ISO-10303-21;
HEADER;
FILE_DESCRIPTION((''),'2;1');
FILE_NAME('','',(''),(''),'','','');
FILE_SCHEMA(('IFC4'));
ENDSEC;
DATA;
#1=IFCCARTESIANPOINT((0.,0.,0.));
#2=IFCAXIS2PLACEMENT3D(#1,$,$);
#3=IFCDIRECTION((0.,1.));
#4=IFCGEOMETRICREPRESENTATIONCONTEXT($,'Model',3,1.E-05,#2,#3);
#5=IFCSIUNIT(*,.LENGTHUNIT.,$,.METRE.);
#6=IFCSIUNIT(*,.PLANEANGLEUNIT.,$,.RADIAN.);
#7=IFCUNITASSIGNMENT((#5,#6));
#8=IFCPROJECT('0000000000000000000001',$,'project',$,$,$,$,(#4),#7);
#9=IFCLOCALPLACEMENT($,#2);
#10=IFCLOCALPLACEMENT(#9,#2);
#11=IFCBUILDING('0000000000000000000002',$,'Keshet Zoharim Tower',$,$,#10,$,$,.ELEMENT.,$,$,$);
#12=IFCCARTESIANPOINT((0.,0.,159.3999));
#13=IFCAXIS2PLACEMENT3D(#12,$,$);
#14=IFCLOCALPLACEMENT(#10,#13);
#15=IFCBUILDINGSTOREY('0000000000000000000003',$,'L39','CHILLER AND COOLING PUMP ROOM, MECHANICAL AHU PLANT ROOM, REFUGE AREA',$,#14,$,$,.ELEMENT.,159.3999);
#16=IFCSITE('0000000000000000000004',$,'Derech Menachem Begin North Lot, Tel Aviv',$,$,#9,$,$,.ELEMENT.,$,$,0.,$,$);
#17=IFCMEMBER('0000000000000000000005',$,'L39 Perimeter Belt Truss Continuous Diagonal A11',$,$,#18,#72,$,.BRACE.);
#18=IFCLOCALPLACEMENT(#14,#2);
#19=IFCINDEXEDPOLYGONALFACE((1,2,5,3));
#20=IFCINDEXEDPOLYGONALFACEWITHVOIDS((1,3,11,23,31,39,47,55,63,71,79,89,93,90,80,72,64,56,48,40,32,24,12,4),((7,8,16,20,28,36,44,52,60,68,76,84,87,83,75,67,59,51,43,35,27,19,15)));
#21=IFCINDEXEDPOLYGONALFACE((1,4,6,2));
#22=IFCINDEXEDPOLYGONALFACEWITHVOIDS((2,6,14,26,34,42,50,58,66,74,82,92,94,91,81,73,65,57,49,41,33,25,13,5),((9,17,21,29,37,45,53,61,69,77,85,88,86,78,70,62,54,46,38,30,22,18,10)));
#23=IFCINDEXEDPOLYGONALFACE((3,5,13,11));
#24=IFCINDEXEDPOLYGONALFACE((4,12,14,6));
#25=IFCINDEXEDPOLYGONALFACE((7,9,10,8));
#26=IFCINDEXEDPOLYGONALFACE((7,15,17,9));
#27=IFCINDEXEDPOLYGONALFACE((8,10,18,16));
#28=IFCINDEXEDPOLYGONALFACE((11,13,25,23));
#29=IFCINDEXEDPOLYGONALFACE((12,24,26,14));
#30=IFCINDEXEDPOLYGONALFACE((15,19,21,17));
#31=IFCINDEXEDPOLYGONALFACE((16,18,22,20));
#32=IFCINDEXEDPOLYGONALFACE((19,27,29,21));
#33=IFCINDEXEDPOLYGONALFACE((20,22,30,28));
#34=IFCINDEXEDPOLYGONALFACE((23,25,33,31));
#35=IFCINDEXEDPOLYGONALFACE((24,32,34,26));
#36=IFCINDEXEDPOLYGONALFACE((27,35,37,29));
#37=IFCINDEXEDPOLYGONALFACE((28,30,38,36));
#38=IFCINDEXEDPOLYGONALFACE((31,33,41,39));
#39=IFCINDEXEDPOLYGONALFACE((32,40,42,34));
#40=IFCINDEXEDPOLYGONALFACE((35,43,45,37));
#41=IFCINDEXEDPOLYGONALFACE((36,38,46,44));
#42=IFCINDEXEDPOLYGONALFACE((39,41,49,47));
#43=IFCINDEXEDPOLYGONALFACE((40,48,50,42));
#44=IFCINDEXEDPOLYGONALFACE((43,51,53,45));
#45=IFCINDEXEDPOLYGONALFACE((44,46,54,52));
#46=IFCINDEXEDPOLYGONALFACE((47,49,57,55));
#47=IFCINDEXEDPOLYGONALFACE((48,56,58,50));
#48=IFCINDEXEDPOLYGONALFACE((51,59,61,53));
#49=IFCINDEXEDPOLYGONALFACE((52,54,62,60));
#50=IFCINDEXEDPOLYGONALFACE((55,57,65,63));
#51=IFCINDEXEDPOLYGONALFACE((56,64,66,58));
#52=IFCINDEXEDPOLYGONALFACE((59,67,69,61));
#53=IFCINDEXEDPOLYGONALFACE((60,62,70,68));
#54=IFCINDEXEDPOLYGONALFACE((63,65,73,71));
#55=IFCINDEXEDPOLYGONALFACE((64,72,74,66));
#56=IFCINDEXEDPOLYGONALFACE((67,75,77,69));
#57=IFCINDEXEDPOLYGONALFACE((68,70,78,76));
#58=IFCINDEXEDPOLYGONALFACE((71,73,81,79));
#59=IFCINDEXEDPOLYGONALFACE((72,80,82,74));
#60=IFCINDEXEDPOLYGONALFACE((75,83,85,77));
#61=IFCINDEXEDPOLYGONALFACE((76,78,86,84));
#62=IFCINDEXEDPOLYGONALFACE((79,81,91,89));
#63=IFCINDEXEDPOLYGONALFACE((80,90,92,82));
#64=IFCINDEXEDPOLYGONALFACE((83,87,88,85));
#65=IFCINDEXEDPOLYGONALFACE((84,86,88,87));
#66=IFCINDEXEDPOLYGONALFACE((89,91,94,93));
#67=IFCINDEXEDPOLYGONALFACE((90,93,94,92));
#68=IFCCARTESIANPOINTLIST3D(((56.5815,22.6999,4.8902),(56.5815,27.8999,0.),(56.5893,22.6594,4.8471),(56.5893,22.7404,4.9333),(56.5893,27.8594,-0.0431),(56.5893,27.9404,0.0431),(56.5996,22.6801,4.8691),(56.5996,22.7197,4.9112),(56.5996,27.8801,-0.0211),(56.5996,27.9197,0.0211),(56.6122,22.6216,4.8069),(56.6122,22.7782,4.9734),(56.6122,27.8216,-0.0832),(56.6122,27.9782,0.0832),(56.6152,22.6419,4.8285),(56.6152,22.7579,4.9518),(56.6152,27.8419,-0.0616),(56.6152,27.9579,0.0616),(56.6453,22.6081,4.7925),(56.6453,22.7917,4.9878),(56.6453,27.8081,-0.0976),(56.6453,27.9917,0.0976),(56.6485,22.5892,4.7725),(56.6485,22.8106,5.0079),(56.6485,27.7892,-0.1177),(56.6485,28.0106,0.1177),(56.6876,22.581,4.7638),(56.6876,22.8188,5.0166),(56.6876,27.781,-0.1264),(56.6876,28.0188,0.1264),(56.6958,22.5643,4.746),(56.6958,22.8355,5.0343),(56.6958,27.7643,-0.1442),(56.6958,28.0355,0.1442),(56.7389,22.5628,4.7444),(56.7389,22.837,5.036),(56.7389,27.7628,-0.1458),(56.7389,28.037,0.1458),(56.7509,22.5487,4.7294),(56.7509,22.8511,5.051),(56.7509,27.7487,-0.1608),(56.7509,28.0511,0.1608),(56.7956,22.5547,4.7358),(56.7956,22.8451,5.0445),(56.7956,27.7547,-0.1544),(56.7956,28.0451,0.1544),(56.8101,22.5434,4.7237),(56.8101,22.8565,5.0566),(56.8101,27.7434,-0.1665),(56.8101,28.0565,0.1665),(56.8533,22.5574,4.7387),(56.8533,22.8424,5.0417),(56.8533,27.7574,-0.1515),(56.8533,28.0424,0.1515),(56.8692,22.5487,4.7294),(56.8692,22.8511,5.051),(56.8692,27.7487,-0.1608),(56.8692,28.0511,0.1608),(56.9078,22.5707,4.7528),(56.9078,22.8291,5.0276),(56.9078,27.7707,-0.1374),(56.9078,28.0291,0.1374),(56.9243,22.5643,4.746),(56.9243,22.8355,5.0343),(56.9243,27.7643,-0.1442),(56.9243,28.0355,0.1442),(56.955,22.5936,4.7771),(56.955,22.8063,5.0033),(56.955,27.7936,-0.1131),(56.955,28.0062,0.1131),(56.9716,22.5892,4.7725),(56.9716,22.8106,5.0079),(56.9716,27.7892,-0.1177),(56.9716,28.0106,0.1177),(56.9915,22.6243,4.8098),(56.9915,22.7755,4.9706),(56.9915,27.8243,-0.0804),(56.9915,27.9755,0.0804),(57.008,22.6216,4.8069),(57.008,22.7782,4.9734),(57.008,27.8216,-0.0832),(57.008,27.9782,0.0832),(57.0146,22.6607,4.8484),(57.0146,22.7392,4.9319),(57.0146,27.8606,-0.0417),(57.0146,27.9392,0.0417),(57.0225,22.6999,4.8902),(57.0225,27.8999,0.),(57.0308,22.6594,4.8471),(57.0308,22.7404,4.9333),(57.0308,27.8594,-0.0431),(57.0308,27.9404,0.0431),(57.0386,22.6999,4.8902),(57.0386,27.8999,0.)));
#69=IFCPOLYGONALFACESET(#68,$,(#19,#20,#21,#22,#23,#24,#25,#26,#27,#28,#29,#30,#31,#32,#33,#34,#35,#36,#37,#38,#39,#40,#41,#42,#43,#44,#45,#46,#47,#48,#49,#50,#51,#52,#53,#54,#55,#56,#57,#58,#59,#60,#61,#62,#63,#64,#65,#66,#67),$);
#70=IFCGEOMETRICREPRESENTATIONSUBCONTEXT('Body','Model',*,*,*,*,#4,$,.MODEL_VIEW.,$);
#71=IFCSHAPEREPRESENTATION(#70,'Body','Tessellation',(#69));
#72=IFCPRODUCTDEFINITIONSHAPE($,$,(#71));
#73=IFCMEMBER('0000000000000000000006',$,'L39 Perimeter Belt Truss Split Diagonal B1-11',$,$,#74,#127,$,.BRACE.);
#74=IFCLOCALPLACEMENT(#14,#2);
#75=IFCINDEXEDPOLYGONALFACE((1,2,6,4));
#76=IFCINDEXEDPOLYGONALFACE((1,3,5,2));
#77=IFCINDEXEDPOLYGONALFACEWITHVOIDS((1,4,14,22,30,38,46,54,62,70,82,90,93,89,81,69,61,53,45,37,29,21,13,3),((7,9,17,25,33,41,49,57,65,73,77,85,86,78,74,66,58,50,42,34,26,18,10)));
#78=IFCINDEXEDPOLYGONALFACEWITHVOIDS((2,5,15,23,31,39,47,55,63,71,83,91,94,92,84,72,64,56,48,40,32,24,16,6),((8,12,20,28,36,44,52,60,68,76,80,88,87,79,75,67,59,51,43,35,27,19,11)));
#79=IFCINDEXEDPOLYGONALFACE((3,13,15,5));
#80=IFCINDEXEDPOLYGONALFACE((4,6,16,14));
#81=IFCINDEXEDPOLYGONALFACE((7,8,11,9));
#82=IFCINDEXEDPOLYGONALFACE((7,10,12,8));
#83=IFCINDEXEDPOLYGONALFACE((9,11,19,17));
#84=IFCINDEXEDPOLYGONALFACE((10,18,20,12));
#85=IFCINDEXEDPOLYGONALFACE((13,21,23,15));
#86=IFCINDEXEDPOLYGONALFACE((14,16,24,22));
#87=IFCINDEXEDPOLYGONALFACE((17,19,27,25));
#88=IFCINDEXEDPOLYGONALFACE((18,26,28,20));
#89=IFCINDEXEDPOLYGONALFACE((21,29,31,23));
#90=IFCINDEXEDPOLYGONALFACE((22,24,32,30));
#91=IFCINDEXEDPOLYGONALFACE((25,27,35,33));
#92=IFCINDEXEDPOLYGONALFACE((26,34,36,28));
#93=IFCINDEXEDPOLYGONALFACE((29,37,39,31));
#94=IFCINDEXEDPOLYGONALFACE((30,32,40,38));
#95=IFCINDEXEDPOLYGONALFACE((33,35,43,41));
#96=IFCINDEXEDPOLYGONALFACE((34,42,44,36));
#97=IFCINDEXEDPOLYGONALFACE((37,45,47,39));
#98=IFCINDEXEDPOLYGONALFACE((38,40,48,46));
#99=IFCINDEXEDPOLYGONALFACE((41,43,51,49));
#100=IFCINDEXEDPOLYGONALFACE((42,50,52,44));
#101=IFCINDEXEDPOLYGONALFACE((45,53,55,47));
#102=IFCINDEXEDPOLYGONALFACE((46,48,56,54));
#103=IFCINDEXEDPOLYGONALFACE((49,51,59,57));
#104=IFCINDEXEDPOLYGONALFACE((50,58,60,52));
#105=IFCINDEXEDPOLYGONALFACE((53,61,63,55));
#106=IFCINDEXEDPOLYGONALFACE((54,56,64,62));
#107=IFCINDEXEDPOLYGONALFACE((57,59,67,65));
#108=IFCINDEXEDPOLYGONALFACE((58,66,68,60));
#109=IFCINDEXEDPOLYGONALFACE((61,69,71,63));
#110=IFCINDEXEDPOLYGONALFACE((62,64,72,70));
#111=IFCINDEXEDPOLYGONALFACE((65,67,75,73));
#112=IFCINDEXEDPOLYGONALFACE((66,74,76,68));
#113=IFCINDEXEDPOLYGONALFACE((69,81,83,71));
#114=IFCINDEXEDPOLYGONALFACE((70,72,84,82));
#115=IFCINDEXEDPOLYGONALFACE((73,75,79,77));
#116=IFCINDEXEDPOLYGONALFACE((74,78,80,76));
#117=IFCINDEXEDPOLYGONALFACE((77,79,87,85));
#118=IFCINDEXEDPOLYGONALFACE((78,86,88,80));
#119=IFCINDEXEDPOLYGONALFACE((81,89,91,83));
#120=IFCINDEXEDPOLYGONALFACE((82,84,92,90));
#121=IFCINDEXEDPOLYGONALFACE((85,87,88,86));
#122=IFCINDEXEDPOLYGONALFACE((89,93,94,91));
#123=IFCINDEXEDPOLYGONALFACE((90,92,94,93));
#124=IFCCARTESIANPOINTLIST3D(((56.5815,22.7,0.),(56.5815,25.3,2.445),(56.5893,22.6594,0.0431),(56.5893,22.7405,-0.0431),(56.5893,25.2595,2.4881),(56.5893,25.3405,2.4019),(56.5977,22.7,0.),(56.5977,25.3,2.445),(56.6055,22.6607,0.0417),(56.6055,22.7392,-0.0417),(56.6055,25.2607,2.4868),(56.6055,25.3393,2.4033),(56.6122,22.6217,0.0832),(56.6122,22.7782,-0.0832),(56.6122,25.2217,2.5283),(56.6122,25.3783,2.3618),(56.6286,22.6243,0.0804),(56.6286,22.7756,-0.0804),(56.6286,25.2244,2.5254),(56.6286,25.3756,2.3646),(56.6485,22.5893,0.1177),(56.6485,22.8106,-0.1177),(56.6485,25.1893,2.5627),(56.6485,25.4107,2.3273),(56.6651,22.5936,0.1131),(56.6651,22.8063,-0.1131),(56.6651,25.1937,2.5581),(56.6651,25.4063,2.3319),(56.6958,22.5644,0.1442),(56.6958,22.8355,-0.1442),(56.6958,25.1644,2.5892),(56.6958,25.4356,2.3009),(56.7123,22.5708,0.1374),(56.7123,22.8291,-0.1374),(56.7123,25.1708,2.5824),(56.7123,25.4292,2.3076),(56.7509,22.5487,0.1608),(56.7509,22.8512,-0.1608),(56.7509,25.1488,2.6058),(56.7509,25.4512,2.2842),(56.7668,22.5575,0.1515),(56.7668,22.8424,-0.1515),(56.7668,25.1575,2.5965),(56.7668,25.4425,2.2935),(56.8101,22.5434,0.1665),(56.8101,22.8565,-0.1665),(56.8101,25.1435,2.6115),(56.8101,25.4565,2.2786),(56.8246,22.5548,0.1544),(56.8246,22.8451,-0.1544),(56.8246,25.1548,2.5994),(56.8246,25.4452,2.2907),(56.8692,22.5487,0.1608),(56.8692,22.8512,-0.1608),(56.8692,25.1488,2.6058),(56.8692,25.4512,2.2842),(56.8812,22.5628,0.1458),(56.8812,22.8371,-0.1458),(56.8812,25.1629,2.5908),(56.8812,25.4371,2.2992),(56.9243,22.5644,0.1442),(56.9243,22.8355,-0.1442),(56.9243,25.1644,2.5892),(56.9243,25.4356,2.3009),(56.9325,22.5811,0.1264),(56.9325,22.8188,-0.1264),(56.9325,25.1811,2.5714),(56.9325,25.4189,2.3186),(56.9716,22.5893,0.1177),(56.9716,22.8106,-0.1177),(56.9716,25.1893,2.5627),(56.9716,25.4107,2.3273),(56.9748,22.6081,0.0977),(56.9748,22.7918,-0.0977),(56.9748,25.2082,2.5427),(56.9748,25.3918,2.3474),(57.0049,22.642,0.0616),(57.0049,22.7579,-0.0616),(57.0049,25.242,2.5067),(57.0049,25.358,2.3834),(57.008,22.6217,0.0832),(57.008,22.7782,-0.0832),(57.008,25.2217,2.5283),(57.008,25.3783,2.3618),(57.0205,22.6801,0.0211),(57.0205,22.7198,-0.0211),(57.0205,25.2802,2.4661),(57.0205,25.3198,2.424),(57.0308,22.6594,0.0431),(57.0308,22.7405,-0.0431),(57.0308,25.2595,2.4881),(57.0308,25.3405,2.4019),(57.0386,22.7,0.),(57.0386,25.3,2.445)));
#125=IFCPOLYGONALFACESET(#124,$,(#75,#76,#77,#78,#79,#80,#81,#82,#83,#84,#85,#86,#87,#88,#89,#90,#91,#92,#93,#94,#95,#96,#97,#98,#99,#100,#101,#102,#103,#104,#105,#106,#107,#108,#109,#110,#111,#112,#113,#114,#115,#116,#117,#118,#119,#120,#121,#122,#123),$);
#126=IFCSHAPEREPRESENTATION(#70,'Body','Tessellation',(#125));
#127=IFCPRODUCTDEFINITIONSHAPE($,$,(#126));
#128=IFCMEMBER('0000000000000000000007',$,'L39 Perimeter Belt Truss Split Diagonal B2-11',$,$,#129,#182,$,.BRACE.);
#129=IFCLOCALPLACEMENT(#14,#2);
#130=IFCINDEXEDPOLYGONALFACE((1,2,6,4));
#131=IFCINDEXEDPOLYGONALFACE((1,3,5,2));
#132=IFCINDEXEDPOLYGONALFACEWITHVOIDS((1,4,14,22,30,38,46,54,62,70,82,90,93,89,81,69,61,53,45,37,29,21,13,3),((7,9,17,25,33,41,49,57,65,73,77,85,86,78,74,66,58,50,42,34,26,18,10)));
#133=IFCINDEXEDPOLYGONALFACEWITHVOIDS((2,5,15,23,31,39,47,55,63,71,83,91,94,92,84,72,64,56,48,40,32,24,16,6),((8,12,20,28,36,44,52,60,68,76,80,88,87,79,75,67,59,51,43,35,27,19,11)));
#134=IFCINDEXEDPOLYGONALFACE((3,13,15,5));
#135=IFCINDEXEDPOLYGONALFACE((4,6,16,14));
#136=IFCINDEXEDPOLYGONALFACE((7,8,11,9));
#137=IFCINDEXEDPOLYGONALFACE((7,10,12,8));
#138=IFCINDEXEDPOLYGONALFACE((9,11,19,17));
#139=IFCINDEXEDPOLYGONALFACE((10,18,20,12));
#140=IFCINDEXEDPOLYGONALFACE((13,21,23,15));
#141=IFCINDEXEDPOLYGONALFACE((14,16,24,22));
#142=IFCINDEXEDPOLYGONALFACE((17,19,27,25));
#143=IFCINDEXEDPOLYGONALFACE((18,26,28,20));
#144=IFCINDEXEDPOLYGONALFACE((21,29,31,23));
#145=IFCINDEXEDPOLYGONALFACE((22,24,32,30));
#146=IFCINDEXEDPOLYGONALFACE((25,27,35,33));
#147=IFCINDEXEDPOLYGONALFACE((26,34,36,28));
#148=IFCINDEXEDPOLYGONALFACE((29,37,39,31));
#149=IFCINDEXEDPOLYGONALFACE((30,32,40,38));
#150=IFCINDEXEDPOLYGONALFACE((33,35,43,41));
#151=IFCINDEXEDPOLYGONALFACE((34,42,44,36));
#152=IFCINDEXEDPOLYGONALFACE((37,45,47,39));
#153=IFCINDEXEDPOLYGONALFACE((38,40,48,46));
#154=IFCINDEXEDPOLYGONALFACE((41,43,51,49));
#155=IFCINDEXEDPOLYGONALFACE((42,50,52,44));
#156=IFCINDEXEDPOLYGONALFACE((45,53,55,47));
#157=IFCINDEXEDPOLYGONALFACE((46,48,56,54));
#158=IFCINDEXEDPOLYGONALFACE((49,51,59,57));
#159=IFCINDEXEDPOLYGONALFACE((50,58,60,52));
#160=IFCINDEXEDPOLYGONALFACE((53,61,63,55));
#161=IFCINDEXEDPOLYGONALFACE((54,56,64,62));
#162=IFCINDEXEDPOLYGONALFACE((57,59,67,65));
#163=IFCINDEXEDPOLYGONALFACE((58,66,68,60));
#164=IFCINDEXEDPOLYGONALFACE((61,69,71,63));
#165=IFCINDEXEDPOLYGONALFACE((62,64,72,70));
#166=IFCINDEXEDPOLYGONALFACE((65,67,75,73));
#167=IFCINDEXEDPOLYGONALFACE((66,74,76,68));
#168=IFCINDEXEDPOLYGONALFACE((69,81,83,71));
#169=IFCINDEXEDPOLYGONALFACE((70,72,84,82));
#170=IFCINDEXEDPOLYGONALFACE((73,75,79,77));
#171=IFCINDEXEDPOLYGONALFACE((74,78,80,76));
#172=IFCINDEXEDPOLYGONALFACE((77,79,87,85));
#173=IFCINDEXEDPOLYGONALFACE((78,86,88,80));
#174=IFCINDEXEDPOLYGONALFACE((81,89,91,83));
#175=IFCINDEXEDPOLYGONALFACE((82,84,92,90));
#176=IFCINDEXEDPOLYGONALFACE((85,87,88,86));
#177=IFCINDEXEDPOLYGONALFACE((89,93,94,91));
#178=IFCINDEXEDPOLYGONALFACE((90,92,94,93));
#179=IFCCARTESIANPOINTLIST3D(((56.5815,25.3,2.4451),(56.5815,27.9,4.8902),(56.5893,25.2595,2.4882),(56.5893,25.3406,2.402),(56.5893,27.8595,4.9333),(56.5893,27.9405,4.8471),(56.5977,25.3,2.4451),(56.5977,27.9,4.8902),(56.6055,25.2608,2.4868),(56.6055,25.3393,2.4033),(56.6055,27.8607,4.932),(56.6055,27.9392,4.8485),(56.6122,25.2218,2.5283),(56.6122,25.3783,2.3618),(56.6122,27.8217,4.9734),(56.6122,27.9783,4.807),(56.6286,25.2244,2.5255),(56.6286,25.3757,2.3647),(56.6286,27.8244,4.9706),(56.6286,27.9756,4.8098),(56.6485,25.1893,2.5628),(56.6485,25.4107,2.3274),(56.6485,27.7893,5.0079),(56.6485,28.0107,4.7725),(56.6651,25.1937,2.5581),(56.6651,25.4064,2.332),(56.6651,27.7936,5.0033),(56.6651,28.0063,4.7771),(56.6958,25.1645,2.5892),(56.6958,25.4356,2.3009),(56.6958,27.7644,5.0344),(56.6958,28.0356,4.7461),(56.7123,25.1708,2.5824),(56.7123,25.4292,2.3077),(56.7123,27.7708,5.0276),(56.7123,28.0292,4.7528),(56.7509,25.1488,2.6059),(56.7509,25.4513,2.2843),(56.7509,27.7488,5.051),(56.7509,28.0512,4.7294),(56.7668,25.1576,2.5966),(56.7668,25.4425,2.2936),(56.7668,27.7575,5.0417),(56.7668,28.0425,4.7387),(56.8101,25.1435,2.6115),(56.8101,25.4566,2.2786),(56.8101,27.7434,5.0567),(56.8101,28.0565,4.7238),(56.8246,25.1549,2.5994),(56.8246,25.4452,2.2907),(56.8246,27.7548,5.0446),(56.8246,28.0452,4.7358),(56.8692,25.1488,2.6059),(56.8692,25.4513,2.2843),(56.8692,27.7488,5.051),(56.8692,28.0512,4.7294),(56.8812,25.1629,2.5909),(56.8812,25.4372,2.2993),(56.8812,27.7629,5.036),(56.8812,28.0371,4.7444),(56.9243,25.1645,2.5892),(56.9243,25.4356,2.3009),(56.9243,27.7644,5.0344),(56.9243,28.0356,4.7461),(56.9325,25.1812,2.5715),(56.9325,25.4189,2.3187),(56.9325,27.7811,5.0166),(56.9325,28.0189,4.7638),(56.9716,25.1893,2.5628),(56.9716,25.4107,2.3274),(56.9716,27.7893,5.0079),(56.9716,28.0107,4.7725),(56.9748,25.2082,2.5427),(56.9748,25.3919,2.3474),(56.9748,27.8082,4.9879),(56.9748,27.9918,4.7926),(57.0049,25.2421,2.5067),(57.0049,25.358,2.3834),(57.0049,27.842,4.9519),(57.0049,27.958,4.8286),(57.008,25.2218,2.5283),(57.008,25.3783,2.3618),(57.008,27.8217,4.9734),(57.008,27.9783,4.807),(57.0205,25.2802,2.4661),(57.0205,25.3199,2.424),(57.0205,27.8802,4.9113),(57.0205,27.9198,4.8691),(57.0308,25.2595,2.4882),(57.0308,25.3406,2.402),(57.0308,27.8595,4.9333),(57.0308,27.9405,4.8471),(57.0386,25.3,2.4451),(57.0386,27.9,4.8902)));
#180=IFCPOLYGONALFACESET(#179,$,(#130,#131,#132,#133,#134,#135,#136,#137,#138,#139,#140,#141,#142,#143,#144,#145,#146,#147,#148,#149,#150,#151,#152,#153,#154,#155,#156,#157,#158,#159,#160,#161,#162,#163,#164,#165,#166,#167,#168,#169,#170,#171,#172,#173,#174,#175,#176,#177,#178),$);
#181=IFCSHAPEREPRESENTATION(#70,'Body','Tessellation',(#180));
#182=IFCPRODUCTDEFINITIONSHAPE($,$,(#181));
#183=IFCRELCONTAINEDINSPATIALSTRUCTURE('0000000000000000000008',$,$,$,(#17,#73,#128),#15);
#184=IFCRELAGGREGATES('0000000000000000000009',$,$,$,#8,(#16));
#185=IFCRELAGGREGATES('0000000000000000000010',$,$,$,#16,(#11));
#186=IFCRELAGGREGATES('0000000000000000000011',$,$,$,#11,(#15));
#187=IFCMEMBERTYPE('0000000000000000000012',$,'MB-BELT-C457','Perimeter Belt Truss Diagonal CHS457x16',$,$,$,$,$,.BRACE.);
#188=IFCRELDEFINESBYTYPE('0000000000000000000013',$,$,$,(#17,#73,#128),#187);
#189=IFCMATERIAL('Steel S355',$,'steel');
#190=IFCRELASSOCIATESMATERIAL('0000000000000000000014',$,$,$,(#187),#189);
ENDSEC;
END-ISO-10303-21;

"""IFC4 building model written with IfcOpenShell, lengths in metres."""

from ifc_helpers import new_model, si_unit, direction, frame, origin, origin_2d, place, context, subcontext, project, spatial, hollow_circle, extrude, material, material_profile, profile_set, type_object, element, save


model = new_model("IFC4")

# Units and contexts
model_context = context("Model", 3, precision=1e-05, world=origin(), true_north=direction((0.0, 1.0)))
body_context = subcontext(model_context, "Body", "Model", "MODEL_VIEW")
ifc_project = project(units=[si_unit("LENGTHUNIT", "METRE"), si_unit("PLANEANGLEUNIT", "RADIAN")], contexts=[model_context])

# Site, building, storey
site_placement = place(None, origin())
site = spatial("IfcSite", under=ifc_project, at=site_placement, Name="Derech Menachem Begin North Lot, Tel Aviv", CompositionType="ELEMENT", RefElevation=0.0)
building_placement = place(site_placement, origin())
building = spatial("IfcBuilding", under=site, at=building_placement, Name="Keshet Zoharim Tower", CompositionType="ELEMENT")
storey_placement = place(building_placement, frame((0.0, 0.0, 159.3999)))
storey = spatial("IfcBuildingStorey", under=building, at=storey_placement, Name="L39", Description="CHILLER AND COOLING PUMP ROOM, MECHANICAL AHU PLANT ROOM, REFUGE AREA", CompositionType="ELEMENT", Elevation=159.3999)

# Shared definitions
ifc_material_1 = material(Name="Steel S355", Category="steel")

# Members
ifc_material_profile_1 = material_profile(ifc_material_1, hollow_circle(Radius=0.2285, WallThickness=0.0161, at=origin_2d()), Name="CHS457x16")
ifc_profile_set_1 = profile_set([ifc_material_profile_1], Name="Steel S355")
member_type_1 = type_object("IfcMemberType", Name="MB-BELT-C457", Description="Perimeter Belt Truss Diagonal CHS457x16", PredefinedType="BRACE", material=ifc_profile_set_1)
member_1_placement = place(storey_placement, frame((56.8101, 27.8999, 0.0), z_axis=(0.0, -0.728475, 0.685072), x_axis=(1.0, 0.0, 0.0)))
element("IfcMember", 1, at=member_1_placement, inside=storey, type_object=member_type_1, Name="L39 Perimeter Belt Truss Continuous Diagonal A11", PredefinedType="BRACE", context=body_context, shape_type="SweptSolid", body=[
    extrude(hollow_circle(Radius=0.2285, WallThickness=0.0161, at=origin_2d()), origin(), (0.0, 0.0, 1.0), 7.1382),
])
for number, where, z_axis, x_axis, name in (
    (2, (56.8101, 22.7, 0.0), (0.0, 0.728491, 0.685055), (-1.0, 0.0, 0.0), "L39 Perimeter Belt Truss Split Diagonal B1-11"),
    (3, (56.8101, 25.3, 2.4451), (0.0, 0.728459, 0.685089), (-1.0, 0.0, 0.0), "L39 Perimeter Belt Truss Split Diagonal B2-11"),
):
    element("IfcMember", number, at=place(storey_placement, frame(where, z_axis=z_axis, x_axis=x_axis)), inside=storey, type_object=member_type_1, Name=name, PredefinedType="BRACE", context=body_context, shape_type="SweptSolid", body=[
        extrude(hollow_circle(Radius=0.2285, WallThickness=0.0161, at=origin_2d()), origin(), (0.0, 0.0, 1.0), 3.5691),
    ])

save(model, "model.ifc")
